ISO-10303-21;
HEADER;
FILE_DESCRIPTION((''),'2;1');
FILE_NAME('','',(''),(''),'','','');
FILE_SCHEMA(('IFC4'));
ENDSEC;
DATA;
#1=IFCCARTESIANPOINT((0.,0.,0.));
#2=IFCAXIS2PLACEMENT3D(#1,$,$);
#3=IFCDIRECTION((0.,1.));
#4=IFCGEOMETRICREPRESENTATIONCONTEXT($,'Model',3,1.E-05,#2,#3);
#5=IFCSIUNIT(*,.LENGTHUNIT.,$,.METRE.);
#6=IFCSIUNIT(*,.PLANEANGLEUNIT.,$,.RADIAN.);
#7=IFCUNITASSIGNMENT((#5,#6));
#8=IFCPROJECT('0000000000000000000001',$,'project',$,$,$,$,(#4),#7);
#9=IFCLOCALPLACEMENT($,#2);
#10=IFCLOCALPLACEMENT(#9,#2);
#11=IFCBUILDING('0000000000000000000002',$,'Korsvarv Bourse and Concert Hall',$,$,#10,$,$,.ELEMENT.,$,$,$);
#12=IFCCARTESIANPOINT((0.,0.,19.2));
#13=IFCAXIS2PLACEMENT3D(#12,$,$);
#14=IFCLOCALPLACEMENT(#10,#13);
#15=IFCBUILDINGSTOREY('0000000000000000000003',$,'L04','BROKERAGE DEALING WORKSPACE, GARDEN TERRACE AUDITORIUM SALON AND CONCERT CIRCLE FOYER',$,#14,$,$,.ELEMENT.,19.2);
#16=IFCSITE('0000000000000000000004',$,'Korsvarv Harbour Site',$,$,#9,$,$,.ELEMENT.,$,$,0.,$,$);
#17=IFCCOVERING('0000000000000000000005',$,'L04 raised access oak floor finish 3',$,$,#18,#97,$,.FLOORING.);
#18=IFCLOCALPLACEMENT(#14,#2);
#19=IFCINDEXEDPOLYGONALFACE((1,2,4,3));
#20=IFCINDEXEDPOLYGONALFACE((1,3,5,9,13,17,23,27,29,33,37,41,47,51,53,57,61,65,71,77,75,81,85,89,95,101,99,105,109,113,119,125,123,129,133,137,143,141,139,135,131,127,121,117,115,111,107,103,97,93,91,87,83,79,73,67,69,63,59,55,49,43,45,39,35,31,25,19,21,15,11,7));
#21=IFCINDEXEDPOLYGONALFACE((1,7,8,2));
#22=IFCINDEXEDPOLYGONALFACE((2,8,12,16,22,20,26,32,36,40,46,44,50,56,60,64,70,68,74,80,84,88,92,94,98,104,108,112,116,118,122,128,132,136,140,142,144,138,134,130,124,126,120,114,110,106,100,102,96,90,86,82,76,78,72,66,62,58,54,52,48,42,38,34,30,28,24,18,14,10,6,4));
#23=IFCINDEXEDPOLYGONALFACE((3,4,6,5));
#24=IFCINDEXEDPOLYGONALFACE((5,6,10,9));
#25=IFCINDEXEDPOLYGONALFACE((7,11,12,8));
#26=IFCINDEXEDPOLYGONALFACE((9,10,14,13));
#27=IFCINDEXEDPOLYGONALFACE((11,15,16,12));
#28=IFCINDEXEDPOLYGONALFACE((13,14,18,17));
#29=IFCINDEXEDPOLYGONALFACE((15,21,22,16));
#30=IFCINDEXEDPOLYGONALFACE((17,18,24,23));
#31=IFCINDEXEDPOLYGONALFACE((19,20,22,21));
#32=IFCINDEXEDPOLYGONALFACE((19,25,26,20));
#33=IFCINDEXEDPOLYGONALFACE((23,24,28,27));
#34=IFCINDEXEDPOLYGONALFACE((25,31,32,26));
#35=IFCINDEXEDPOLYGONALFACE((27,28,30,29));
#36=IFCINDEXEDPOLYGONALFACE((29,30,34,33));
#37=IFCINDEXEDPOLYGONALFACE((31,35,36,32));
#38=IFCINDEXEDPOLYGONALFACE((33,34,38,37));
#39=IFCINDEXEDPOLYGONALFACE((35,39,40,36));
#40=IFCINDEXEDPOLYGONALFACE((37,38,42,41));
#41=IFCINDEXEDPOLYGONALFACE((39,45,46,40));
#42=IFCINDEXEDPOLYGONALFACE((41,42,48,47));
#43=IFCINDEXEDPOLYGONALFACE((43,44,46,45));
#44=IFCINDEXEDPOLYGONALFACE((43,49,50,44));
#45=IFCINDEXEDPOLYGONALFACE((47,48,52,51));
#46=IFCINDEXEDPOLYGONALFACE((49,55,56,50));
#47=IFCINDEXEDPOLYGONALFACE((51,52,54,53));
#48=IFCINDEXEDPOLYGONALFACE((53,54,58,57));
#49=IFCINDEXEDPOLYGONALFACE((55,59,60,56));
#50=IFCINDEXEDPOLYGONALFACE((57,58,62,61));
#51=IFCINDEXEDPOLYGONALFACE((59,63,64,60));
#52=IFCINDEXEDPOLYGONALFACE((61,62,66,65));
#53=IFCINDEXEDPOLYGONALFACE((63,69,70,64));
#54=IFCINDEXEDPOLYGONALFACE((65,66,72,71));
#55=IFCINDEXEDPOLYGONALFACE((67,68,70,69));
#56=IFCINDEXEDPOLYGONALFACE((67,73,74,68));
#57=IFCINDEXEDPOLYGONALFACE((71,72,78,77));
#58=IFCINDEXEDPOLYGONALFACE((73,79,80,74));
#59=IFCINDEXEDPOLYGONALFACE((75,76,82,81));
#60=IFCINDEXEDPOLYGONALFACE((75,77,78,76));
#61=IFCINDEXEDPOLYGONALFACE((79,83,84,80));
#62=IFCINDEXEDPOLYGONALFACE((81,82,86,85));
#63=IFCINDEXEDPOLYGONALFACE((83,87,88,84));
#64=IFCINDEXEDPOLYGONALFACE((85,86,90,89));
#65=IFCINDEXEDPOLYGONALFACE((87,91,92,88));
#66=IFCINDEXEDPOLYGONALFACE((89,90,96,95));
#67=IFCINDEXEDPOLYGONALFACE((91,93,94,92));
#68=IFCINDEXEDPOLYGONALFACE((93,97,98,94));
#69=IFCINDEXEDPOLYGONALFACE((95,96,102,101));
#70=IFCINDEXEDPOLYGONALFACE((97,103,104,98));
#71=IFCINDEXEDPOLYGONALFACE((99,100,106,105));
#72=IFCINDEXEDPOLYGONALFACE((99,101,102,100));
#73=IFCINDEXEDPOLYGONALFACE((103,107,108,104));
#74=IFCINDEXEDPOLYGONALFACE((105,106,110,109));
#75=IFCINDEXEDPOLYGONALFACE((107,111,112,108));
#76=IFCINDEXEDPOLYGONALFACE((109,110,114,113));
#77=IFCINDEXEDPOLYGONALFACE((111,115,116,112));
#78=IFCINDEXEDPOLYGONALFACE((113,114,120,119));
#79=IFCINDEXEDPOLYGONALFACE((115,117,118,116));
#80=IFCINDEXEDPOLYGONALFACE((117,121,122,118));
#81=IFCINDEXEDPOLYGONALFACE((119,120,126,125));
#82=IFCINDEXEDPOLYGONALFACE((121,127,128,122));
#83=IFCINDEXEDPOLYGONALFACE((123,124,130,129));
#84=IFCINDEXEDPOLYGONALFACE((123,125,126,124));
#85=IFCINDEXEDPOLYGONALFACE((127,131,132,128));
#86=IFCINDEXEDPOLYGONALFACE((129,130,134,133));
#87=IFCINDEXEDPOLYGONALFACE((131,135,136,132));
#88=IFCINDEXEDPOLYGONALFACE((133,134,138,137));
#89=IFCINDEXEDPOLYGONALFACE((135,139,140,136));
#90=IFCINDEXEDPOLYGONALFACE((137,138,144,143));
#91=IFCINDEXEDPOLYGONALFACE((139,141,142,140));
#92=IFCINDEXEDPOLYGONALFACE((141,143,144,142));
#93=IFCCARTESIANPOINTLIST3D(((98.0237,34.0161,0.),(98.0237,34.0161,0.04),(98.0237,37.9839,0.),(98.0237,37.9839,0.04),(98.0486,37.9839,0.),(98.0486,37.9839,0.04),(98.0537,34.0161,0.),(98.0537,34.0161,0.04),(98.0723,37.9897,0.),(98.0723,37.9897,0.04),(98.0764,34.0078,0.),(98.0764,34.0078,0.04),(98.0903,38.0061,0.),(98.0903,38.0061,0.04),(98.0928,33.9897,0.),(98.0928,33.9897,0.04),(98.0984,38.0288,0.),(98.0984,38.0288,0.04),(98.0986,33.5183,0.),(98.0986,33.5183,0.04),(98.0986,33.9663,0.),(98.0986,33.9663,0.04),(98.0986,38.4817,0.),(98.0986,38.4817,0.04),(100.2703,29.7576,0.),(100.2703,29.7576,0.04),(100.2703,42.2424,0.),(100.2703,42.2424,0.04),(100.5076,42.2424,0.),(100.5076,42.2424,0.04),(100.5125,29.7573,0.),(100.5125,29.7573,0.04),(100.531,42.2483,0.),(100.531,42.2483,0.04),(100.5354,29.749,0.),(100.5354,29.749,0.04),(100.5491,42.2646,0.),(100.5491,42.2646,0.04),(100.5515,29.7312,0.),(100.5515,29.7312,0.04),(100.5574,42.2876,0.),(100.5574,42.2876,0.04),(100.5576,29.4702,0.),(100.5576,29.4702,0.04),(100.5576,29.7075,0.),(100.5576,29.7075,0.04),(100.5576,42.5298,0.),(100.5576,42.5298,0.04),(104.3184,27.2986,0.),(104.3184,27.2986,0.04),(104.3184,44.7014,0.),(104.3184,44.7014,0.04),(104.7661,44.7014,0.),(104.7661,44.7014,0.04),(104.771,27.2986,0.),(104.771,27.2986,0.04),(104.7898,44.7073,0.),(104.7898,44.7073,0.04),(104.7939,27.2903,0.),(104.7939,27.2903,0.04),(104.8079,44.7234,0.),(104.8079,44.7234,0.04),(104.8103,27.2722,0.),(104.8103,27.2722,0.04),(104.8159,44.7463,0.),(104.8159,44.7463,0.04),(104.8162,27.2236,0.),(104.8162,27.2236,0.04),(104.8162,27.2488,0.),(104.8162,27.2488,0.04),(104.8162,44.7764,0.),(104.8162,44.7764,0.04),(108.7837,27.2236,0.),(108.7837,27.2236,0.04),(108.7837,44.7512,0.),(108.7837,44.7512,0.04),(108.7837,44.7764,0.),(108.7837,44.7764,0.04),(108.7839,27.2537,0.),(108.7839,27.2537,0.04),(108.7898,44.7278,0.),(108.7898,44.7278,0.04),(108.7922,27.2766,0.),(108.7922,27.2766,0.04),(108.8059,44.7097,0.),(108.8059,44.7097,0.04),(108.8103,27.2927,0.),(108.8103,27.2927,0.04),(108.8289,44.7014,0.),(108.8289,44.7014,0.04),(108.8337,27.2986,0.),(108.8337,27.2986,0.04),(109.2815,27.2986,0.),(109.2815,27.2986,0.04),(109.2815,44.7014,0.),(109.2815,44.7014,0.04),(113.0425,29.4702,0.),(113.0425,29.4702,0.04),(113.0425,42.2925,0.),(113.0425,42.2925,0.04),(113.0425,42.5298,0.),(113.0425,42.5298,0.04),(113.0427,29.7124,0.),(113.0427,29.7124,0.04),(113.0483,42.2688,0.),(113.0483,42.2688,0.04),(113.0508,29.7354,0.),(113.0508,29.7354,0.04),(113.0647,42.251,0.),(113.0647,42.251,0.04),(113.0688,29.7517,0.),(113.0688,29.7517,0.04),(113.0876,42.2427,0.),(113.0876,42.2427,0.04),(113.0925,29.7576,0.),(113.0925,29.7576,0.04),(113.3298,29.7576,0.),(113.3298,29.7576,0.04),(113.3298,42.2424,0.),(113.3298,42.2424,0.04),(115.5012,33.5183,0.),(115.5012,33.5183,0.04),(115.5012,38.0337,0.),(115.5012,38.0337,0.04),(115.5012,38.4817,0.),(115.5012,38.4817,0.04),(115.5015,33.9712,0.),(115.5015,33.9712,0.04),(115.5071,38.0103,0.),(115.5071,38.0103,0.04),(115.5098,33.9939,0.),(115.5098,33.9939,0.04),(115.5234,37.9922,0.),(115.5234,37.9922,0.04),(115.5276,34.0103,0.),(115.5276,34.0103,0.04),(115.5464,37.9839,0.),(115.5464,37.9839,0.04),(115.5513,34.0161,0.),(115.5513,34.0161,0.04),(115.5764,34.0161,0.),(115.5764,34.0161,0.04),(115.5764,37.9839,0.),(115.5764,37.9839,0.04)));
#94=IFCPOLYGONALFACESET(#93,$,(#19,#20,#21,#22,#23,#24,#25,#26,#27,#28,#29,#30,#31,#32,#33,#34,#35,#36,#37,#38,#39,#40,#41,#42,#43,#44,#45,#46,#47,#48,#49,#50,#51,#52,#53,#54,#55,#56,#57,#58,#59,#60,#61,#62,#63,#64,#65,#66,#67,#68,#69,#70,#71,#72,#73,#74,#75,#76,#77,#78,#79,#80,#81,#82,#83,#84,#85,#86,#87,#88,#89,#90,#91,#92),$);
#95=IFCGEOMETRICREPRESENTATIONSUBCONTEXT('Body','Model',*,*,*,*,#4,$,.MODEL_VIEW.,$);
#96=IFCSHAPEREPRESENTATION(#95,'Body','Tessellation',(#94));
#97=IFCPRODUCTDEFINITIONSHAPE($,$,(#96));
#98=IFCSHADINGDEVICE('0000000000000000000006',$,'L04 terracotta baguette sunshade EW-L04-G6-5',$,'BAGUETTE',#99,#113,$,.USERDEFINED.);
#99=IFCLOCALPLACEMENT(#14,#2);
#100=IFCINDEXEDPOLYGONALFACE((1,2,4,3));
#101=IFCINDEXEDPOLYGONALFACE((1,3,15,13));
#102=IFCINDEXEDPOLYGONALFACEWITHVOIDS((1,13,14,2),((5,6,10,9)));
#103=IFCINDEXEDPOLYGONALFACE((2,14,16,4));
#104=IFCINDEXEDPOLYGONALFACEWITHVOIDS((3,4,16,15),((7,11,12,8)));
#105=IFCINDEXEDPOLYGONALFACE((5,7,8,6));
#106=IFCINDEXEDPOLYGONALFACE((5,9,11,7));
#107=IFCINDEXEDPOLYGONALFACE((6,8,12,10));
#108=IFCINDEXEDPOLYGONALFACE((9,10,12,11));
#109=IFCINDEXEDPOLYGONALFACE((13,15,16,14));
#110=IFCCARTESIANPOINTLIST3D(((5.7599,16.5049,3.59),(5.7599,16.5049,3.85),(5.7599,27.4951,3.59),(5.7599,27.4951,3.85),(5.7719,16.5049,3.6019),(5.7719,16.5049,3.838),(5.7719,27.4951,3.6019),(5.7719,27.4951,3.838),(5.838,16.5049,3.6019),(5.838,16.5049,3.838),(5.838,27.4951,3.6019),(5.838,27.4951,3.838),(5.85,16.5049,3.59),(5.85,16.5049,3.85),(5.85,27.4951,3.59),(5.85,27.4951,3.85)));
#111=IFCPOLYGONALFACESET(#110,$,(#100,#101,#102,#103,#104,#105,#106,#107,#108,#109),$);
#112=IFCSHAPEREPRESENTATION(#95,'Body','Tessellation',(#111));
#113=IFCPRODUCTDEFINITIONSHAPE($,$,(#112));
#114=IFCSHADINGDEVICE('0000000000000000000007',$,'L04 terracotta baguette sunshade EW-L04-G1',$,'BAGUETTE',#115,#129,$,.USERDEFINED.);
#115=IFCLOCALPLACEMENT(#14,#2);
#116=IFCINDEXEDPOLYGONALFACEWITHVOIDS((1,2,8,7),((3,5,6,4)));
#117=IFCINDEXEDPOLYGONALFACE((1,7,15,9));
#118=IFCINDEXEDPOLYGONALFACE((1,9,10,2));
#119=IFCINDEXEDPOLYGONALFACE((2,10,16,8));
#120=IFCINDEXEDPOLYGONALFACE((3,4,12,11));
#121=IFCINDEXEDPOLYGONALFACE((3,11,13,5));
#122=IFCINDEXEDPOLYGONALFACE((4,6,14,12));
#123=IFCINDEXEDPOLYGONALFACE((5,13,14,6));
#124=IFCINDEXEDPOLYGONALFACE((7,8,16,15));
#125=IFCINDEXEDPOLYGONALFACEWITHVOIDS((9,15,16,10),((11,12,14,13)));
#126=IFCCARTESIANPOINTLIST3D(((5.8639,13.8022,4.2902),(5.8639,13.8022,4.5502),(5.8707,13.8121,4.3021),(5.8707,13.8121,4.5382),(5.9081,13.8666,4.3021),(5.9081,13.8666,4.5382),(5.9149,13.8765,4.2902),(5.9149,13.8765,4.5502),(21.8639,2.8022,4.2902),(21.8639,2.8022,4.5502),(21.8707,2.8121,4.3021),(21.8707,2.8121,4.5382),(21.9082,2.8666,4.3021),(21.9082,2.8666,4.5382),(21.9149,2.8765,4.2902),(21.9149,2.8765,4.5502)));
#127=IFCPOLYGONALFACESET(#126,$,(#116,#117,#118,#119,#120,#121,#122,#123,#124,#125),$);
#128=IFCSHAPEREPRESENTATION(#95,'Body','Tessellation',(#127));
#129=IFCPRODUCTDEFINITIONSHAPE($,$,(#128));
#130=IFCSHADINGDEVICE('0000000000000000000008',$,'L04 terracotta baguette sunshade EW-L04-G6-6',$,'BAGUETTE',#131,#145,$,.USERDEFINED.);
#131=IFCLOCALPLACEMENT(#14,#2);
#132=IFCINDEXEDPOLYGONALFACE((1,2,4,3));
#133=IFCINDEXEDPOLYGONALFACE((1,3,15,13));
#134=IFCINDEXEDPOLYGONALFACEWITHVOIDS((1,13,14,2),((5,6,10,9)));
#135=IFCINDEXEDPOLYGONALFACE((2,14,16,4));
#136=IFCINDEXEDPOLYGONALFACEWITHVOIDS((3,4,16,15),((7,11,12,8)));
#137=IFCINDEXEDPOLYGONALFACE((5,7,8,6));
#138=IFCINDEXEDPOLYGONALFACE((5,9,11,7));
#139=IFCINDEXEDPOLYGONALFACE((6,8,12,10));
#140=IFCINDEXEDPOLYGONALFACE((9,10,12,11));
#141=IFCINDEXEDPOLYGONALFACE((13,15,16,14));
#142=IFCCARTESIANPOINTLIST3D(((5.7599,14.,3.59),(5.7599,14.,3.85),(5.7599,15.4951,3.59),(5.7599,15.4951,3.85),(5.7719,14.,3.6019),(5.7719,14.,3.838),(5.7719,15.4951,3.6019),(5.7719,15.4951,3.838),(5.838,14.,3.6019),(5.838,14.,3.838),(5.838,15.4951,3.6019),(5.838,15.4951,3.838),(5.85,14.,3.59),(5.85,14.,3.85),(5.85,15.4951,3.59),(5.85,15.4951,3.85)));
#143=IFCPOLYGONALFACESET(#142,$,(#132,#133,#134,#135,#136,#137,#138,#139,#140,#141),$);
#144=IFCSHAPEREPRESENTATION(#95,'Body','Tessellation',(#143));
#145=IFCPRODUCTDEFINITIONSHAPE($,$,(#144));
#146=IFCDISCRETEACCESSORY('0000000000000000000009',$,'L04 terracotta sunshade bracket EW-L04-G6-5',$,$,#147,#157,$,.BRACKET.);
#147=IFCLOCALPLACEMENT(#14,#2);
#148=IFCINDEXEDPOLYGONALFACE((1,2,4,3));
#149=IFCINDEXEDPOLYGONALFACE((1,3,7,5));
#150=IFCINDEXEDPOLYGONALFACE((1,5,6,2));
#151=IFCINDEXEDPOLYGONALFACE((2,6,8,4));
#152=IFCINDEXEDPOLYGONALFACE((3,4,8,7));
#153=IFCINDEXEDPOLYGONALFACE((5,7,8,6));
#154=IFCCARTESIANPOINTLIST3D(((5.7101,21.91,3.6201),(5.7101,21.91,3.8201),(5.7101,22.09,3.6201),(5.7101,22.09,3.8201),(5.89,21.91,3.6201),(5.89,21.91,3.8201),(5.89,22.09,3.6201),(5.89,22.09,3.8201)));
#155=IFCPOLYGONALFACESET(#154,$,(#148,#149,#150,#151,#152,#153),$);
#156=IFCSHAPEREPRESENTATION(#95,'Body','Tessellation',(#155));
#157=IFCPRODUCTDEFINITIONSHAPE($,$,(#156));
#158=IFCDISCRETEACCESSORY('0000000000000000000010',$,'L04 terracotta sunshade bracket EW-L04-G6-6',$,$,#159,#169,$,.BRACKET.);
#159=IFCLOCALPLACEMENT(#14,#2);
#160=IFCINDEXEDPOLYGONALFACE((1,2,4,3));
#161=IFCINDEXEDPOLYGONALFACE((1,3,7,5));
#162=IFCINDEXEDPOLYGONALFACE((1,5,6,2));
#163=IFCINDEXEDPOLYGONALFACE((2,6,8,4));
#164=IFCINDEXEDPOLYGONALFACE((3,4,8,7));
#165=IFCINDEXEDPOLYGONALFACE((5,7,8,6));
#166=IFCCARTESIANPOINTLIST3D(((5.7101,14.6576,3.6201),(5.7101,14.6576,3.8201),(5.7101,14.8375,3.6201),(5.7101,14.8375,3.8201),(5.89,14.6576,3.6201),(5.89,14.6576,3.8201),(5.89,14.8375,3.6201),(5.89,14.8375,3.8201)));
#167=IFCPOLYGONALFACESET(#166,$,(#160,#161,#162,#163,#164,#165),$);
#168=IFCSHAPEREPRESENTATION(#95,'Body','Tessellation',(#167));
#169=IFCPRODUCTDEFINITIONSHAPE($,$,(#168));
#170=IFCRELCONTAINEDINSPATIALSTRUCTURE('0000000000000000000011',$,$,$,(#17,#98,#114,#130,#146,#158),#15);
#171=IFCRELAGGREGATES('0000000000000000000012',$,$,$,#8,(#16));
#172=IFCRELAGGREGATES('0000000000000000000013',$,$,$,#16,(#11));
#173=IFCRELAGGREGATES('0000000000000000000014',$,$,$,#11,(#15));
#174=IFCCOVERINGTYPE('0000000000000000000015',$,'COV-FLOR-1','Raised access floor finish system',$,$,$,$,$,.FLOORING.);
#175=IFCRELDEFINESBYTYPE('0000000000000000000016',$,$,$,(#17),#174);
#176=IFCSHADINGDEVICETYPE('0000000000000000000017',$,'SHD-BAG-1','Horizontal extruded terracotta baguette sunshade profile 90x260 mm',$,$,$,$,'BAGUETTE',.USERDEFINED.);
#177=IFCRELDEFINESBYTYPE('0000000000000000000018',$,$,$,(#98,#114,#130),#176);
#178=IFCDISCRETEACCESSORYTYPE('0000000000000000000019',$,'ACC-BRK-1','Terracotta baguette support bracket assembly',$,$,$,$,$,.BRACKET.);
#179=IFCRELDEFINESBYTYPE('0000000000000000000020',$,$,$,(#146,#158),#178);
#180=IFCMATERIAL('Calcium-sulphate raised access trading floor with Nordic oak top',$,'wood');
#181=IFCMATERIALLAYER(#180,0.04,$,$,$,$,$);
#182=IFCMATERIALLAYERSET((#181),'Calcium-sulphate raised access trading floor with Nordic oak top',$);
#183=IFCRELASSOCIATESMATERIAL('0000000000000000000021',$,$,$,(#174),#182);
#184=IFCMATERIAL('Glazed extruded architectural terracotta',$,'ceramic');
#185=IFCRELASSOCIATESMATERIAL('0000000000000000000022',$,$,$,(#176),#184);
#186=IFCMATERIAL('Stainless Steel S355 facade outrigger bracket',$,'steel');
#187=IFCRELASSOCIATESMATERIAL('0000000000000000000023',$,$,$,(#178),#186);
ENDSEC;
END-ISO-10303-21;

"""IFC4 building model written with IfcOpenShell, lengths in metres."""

from ifc_helpers import new_model, si_unit, direction, frame, origin, origin_2d, place, context, subcontext, project, spatial, polyline, rectangle, hollow_rectangle, outline, extrude, source, transform, mapped, material, layer, layer_set, material_profile, profile_set, type_object, element, save


model = new_model("IFC4")

# Units and contexts
model_context = context("Model", 3, precision=1e-05, world=origin(), true_north=direction((0.0, 1.0)))
body_context = subcontext(model_context, "Body", "Model", "MODEL_VIEW")
ifc_project = project(units=[si_unit("LENGTHUNIT", "METRE"), si_unit("PLANEANGLEUNIT", "RADIAN")], contexts=[model_context])

# Site, building, storey
site_placement = place(None, origin())
site = spatial("IfcSite", under=ifc_project, at=site_placement, Name="Korsvarv Harbour Site", CompositionType="ELEMENT", RefElevation=0.0)
building_placement = place(site_placement, origin())
building = spatial("IfcBuilding", under=site, at=building_placement, Name="Korsvarv Bourse and Concert Hall", CompositionType="ELEMENT")
storey_placement = place(building_placement, frame((0.0, 0.0, 19.2)))
storey = spatial("IfcBuildingStorey", under=building, at=storey_placement, Name="L04", Description="BROKERAGE DEALING WORKSPACE, GARDEN TERRACE AUDITORIUM SALON AND CONCERT CIRCLE FOYER", CompositionType="ELEMENT", Elevation=19.2)

# Covering
ifc_material_1 = material(Name="Calcium-sulphate raised access trading floor with Nordic oak top", Category="wood")
ifc_layer_1 = layer(ifc_material_1, 0.04)
ifc_layer_set_1 = layer_set([ifc_layer_1], Name="Calcium-sulphate raised access trading floor with Nordic oak top")
covering_type_1 = type_object("IfcCoveringType", Name="COV-FLOR-1", Description="Raised access floor finish system", PredefinedType="FLOORING", material=ifc_layer_set_1)
covering_1_placement = place(storey_placement, origin())
element("IfcCovering", 1, at=covering_1_placement, inside=storey, type_object=covering_type_1, Name="L04 raised access oak floor finish 3", PredefinedType="FLOORING", context=body_context, shape_type="SweptSolid", body=[
    extrude(outline(polyline([(115.5764, 34.0161), (115.5513, 34.0161), (115.5276, 34.0103), (115.5098, 33.9939), (115.5015, 33.9712), (115.5012, 33.5183), (113.3298, 29.7576), (113.0925, 29.7576), (113.0688, 29.7517), (113.0508, 29.7354), (113.0427, 29.7124), (113.0425, 29.4702), (109.2815, 27.2986), (108.8337, 27.2986), (108.8103, 27.2927), (108.7922, 27.2766), (108.7839, 27.2537), (108.7837, 27.2236), (104.8162, 27.2236), (104.8162, 27.2488), (104.8103, 27.2722), (104.7939, 27.2903), (104.771, 27.2986), (104.3184, 27.2986), (100.5576, 29.4702), (100.5576, 29.7075), (100.5515, 29.7312), (100.5354, 29.749), (100.5125, 29.7573), (100.2703, 29.7576), (98.0986, 33.5183), (98.0986, 33.9663), (98.0928, 33.9897), (98.0764, 34.0078), (98.0537, 34.0161), (98.0237, 34.0161), (98.0237, 37.9839), (98.0486, 37.9839), (98.0723, 37.9897), (98.0903, 38.0061), (98.0984, 38.0288), (98.0986, 38.4817), (100.2703, 42.2424), (100.5076, 42.2424), (100.531, 42.2483), (100.5491, 42.2646), (100.5574, 42.2876), (100.5576, 42.5298), (104.3184, 44.7014), (104.7661, 44.7014), (104.7898, 44.7073), (104.8079, 44.7234), (104.8159, 44.7463), (104.8162, 44.7764), (108.7837, 44.7764), (108.7837, 44.7512), (108.7898, 44.7278), (108.8059, 44.7097), (108.8289, 44.7014), (109.2815, 44.7014), (113.0425, 42.5298), (113.0425, 42.2925), (113.0483, 42.2688), (113.0647, 42.251), (113.0876, 42.2427), (113.3298, 42.2424), (115.5012, 38.4817), (115.5012, 38.0337), (115.5071, 38.0103), (115.5234, 37.9922), (115.5464, 37.9839), (115.5764, 37.9839), (115.5764, 34.0161)])), origin(), (0.0, 0.0, 1.0), 0.04),
])

# Shading devices
ifc_material_2 = material(Name="Glazed extruded architectural terracotta", Category="ceramic")
ifc_material_profile_1 = material_profile(ifc_material_2, hollow_rectangle(XDim=0.0901, YDim=0.26, WallThickness=0.012, at=origin_2d()), Name="TC-BAG 90x260")
ifc_profile_set_1 = profile_set([ifc_material_profile_1], Name="Glazed extruded architectural terracotta")
shading_device_type = type_object("IfcShadingDeviceType", Name="SHD-BAG-1", Description="Horizontal extruded terracotta baguette sunshade profile 90x260 mm", ElementType="BAGUETTE", PredefinedType="USERDEFINED", material=ifc_profile_set_1)
shared_shape_1 = source(origin(), body_context, "Body", "SweptSolid", [
    extrude(hollow_rectangle(XDim=0.0901, YDim=0.26, WallThickness=0.012, at=origin_2d()), origin(), (0.0, 0.0, 1.0), 10.9902),
])
shading_device_1_placement = place(storey_placement, frame((5.8049, 27.4951, 3.72), z_axis=(0.0, -1.0, 0.0), x_axis=(1.0, 0.0, 0.0)))
element("IfcShadingDevice", 2, at=shading_device_1_placement, inside=storey, type_object=shading_device_type, Name="L04 terracotta baguette sunshade EW-L04-G6-5", ObjectType="BAGUETTE", PredefinedType="USERDEFINED", context=body_context, shape_type="MappedRepresentation", body=[
    mapped(shared_shape_1, transform((0.0, 0.0, 0.0), scale=1.0)),
])
shared_shape_2 = source(origin(), body_context, "Body", "SweptSolid", [
    extrude(hollow_rectangle(XDim=0.0901, YDim=0.26, WallThickness=0.012, at=origin_2d()), origin(), (0.0, 0.0, 1.0), 19.4165),
])
shading_device_2_placement = place(storey_placement, frame((5.8894, 13.8394, 4.4202), z_axis=(0.824042, -0.566529, 0.0), x_axis=(0.566529, 0.824042, 0.0)))
element("IfcShadingDevice", 3, at=shading_device_2_placement, inside=storey, type_object=shading_device_type, Name="L04 terracotta baguette sunshade EW-L04-G1", ObjectType="BAGUETTE", PredefinedType="USERDEFINED", context=body_context, shape_type="MappedRepresentation", body=[
    mapped(shared_shape_2, transform((0.0, 0.0, 0.0), scale=1.0)),
])
shared_shape_3 = source(origin(), body_context, "Body", "SweptSolid", [
    extrude(hollow_rectangle(XDim=0.0901, YDim=0.26, WallThickness=0.012, at=origin_2d()), origin(), (0.0, 0.0, 1.0), 1.4951),
])
shading_device_3_placement = place(storey_placement, frame((5.8049, 15.4951, 3.72), z_axis=(0.0, -1.0, 0.0), x_axis=(1.0, 0.0, 0.0)))
element("IfcShadingDevice", 4, at=shading_device_3_placement, inside=storey, type_object=shading_device_type, Name="L04 terracotta baguette sunshade EW-L04-G6-6", ObjectType="BAGUETTE", PredefinedType="USERDEFINED", context=body_context, shape_type="MappedRepresentation", body=[
    mapped(shared_shape_3, transform((0.0, 0.0, 0.0), scale=1.0)),
])

# Discrete accessories
ifc_material_3 = material(Name="Stainless Steel S355 facade outrigger bracket", Category="steel")
discrete_accessory_type = type_object("IfcDiscreteAccessoryType", Name="ACC-BRK-1", Description="Terracotta baguette support bracket assembly", PredefinedType="BRACKET", material=ifc_material_3)
shared_shape_4 = source(origin(), body_context, "Body", "SweptSolid", [
    extrude(rectangle(XDim=0.1799, YDim=0.1799, at=origin_2d()), origin(), (0.0, 0.0, 1.0), 0.2),
])
for number, where, z_axis, x_axis, name in (
    (5, (5.8, 22.0, 3.6201), (0.0, 0.0, 1.0), (0.0, -1.0, 0.0), "L04 terracotta sunshade bracket EW-L04-G6-5"),
    (6, (5.8, 14.7476, 3.6201), (0.0, 0.0, 1.0), (0.0, -1.0, 0.0), "L04 terracotta sunshade bracket EW-L04-G6-6"),
):
    element("IfcDiscreteAccessory", number, at=place(storey_placement, frame(where, z_axis=z_axis, x_axis=x_axis)), inside=storey, type_object=discrete_accessory_type, Name=name, PredefinedType="BRACKET", context=body_context, shape_type="MappedRepresentation", body=[
        mapped(shared_shape_4, transform((0.0, 0.0, 0.0), scale=1.0)),
    ])

save(model, "model.ifc")
